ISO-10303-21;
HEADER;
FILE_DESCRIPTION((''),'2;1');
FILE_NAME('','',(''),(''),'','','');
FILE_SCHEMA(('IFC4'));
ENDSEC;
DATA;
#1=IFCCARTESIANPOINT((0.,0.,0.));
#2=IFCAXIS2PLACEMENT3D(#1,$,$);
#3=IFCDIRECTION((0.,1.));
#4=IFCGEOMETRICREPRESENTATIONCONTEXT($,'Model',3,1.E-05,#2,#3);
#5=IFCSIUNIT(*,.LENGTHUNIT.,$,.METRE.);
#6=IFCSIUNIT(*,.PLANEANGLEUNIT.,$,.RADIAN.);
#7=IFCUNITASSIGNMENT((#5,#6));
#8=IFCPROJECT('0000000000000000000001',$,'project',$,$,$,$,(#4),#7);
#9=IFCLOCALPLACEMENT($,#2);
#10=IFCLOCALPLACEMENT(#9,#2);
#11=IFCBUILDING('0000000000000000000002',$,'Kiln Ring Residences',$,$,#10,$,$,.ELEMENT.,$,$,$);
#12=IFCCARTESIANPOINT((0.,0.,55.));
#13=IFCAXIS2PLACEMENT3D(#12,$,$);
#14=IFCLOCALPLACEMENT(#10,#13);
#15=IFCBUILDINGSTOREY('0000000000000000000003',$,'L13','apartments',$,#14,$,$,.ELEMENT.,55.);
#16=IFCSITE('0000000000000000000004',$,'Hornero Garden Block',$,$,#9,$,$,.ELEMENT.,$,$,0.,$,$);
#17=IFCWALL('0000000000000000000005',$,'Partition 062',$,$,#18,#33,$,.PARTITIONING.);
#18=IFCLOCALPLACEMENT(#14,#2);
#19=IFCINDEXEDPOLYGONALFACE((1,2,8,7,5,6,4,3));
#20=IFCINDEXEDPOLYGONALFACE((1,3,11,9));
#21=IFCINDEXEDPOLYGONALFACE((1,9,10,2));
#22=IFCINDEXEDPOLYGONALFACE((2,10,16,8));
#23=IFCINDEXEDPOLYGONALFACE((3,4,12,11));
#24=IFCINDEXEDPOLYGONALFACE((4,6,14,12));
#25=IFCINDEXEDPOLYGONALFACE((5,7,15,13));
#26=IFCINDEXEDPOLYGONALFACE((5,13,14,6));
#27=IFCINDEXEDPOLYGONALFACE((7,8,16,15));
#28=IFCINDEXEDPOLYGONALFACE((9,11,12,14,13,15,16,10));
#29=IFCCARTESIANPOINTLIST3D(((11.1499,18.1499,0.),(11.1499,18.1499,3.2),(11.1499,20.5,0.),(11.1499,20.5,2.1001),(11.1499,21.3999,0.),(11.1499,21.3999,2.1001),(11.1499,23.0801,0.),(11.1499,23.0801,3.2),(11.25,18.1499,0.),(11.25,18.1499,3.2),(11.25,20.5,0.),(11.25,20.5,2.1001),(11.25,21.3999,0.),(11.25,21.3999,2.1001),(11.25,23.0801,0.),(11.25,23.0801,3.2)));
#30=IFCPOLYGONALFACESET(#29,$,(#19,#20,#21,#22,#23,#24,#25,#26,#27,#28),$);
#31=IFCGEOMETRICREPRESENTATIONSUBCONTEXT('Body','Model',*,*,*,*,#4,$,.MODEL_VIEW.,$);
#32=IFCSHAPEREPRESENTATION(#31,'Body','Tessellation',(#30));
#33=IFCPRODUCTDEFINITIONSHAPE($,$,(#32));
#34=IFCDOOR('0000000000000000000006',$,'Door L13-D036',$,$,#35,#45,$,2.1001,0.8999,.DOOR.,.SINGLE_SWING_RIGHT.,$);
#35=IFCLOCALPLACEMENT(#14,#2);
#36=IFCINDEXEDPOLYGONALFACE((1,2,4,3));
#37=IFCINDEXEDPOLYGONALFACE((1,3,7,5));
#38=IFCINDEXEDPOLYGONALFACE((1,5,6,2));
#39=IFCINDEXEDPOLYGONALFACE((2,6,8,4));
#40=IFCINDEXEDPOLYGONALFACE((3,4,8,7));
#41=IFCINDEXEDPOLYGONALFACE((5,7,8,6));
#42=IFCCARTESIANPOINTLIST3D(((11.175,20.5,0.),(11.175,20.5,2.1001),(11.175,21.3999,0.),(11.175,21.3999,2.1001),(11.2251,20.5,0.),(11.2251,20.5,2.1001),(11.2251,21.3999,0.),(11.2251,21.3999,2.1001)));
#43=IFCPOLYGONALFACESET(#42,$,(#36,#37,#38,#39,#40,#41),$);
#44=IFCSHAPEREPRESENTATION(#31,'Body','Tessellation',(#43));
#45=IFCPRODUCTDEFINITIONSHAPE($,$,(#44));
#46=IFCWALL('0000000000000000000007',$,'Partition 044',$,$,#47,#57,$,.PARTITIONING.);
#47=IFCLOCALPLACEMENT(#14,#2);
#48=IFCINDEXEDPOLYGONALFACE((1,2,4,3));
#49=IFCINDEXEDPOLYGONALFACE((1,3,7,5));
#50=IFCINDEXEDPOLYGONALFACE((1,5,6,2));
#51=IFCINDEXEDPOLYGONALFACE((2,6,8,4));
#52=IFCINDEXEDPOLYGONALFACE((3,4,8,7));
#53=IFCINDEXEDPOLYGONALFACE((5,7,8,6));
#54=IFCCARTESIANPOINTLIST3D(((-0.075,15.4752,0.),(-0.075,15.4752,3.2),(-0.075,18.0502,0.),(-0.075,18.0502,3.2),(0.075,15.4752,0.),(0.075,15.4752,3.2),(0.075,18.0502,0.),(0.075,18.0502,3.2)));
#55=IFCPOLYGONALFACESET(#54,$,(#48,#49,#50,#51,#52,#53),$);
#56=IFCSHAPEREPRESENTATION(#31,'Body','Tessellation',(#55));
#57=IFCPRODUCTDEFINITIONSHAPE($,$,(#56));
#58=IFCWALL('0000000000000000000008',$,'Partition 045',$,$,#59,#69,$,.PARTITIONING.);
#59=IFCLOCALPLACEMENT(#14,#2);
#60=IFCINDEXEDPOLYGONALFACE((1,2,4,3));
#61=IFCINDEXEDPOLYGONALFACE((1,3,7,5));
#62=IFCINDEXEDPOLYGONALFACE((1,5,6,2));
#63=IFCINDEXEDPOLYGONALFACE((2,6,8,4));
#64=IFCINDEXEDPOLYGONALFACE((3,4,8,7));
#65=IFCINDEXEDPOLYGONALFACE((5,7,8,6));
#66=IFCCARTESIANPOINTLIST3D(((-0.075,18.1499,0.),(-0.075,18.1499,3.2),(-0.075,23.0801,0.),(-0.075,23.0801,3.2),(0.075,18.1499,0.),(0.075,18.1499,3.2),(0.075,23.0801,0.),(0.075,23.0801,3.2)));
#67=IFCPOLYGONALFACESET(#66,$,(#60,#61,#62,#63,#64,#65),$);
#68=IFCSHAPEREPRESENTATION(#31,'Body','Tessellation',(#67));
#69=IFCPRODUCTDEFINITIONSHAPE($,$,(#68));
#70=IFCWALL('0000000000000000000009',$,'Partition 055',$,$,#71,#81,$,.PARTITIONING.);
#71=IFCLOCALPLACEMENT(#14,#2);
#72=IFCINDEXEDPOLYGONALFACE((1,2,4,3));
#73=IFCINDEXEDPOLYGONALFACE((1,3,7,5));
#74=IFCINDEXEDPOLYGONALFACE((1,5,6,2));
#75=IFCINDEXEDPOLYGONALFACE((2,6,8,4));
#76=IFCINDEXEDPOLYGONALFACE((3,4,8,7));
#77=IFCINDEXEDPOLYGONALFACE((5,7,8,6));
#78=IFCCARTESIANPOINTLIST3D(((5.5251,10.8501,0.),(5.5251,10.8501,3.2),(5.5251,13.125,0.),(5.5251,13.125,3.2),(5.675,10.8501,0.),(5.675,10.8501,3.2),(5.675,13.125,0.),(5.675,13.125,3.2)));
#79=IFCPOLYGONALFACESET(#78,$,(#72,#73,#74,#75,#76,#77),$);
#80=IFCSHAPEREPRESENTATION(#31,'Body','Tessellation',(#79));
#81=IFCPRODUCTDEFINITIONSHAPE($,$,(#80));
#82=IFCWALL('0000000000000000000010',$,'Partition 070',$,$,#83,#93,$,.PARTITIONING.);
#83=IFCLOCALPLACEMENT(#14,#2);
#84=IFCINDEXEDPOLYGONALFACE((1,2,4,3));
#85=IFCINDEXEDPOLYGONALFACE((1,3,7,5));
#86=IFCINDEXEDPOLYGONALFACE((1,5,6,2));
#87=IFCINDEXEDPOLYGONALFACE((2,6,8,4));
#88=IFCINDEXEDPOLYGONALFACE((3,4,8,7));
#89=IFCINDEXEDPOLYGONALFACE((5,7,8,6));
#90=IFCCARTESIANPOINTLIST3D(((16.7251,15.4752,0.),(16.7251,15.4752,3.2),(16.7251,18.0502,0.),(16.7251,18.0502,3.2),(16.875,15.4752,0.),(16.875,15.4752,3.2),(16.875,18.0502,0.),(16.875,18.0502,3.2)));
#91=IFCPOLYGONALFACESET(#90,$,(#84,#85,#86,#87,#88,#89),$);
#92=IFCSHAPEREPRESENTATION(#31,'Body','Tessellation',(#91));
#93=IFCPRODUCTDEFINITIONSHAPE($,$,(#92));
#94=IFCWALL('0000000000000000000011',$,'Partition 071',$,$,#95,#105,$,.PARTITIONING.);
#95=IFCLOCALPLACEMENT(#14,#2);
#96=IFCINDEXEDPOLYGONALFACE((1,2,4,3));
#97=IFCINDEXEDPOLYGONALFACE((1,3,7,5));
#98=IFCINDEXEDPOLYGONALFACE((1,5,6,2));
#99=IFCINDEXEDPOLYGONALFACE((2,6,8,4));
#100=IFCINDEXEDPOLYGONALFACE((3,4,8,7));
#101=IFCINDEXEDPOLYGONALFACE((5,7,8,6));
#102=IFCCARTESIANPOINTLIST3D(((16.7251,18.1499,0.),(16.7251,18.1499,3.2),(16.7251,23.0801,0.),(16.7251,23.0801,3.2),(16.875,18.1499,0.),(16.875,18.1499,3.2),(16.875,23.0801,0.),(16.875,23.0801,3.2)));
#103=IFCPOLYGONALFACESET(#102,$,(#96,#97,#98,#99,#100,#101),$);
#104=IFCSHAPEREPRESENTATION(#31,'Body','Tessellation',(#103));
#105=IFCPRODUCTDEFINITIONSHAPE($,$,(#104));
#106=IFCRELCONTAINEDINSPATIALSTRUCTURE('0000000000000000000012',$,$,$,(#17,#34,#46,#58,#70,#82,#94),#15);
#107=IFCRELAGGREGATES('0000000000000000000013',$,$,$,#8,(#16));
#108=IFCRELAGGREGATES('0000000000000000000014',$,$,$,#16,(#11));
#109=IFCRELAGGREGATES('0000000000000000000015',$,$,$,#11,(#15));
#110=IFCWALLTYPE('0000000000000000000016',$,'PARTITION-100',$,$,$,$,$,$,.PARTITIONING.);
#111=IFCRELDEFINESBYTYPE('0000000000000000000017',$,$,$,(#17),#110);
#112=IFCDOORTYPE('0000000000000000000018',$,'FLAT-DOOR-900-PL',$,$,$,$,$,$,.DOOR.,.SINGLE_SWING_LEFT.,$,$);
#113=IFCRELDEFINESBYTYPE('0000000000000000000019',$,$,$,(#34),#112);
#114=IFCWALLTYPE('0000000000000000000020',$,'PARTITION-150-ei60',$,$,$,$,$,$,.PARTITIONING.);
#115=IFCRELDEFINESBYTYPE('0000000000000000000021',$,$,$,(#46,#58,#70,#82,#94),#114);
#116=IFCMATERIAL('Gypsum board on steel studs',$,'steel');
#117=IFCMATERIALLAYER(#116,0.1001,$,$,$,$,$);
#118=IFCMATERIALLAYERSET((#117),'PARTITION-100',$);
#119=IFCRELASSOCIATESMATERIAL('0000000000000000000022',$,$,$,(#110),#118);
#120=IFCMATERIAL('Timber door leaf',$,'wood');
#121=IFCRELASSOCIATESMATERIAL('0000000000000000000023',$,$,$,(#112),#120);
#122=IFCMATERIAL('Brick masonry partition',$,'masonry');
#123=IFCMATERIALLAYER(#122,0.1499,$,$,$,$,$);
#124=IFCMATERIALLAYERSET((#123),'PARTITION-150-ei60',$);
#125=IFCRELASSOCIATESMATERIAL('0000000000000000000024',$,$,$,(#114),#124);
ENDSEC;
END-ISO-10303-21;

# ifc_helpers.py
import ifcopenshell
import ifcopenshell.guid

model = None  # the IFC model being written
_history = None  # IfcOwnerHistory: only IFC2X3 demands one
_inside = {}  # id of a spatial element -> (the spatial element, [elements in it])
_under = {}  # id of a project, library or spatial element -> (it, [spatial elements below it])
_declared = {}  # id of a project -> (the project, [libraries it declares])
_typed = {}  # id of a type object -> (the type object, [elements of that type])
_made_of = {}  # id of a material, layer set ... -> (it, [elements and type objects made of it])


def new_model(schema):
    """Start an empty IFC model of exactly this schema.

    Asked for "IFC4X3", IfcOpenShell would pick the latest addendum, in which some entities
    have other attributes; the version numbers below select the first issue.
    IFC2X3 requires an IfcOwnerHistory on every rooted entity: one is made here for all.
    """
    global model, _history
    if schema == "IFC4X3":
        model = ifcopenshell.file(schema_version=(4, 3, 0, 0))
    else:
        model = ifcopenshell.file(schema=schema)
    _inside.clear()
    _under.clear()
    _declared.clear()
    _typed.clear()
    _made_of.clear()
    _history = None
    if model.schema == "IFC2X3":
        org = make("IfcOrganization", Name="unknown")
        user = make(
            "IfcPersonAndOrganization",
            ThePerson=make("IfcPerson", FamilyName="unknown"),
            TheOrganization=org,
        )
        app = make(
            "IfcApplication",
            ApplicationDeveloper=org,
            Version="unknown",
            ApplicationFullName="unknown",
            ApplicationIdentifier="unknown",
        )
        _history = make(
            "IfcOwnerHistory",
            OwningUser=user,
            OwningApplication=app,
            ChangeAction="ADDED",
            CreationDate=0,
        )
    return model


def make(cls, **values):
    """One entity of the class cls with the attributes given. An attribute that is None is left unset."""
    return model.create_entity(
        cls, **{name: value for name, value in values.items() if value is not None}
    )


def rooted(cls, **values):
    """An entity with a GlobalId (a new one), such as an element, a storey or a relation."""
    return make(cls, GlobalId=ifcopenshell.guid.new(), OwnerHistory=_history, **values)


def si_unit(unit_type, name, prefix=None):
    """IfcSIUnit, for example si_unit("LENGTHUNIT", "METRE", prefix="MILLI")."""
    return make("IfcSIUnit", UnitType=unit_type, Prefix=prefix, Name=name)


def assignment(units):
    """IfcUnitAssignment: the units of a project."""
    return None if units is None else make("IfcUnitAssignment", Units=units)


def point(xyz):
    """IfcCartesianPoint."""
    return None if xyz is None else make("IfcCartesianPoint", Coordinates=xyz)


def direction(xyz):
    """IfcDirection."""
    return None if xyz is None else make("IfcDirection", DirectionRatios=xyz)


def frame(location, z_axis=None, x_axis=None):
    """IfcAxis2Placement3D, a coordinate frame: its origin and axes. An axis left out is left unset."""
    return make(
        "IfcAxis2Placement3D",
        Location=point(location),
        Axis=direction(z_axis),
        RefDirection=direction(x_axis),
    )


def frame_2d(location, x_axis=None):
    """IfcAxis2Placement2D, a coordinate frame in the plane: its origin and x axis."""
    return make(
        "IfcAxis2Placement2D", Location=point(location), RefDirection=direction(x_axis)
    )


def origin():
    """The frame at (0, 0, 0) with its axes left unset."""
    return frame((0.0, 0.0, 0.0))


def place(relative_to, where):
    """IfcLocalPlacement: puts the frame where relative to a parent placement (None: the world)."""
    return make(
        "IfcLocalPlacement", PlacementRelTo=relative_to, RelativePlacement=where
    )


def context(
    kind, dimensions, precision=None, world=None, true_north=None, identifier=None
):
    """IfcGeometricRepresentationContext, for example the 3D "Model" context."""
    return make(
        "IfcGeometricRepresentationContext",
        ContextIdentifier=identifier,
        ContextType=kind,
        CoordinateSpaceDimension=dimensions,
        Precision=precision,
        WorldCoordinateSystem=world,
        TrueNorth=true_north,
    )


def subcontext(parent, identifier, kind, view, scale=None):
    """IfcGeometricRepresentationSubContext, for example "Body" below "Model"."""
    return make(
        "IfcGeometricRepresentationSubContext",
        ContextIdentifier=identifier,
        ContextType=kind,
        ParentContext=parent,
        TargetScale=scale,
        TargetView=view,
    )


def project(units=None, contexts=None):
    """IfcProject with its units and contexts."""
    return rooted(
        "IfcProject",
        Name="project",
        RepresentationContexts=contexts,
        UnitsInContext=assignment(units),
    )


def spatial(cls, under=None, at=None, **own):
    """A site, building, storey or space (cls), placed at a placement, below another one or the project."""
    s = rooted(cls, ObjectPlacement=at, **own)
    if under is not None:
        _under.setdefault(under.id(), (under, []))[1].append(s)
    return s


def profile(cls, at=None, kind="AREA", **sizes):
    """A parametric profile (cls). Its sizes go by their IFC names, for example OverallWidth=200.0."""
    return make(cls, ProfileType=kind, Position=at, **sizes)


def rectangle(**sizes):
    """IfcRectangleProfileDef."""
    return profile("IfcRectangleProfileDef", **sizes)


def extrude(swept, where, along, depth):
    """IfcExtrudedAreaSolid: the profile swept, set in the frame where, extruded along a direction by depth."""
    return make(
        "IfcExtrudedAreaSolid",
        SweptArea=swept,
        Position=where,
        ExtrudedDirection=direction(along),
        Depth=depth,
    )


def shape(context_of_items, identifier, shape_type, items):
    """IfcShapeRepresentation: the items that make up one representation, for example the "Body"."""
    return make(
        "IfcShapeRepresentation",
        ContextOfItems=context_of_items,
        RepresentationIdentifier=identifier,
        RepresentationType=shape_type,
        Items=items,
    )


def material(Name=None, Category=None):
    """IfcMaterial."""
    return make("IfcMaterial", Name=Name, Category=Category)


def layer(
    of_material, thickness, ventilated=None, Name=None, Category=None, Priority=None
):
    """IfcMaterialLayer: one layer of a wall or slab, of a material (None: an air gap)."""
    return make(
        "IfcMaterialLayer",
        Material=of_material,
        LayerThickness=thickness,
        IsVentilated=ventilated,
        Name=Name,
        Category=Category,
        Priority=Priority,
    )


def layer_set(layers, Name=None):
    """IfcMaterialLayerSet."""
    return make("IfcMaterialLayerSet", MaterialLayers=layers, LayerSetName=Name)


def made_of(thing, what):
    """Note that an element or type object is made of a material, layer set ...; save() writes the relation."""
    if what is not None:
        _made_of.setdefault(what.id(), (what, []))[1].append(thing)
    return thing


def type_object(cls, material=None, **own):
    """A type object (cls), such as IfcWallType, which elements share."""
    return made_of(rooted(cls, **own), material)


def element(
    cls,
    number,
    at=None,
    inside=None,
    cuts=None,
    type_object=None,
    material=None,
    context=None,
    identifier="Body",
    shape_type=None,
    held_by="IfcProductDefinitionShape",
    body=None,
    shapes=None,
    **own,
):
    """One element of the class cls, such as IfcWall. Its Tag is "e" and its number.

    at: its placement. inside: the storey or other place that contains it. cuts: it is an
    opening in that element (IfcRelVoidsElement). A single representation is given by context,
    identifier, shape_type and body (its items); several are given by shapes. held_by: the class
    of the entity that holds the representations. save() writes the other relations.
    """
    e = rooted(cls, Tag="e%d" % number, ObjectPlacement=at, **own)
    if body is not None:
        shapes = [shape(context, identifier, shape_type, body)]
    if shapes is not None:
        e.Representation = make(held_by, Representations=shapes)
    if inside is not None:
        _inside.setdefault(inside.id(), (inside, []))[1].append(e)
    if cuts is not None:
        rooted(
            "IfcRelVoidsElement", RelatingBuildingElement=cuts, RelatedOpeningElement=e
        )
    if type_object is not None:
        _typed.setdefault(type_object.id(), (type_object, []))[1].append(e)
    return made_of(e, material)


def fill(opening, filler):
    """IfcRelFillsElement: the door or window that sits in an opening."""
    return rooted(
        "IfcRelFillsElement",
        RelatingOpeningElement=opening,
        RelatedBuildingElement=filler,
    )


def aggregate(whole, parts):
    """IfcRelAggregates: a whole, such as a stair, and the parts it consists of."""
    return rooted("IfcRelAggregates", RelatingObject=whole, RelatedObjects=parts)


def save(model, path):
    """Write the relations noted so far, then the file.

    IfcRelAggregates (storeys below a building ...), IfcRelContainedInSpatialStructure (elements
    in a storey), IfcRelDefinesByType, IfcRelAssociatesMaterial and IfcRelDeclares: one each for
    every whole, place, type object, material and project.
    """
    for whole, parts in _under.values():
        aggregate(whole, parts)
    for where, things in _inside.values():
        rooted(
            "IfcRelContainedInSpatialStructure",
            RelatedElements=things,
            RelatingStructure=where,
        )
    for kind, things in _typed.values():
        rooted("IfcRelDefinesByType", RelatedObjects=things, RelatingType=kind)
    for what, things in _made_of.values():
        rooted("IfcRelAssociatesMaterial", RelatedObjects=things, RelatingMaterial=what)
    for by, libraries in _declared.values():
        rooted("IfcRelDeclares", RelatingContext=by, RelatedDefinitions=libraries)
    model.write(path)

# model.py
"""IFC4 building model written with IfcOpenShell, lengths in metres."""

from ifc_helpers import new_model, si_unit, direction, frame, frame_2d, origin, place, context, subcontext, project, spatial, rectangle, extrude, material, layer, layer_set, type_object, element, fill, save


model = new_model("IFC4")

# Units and contexts
model_context = context("Model", 3, precision=1e-05, world=origin(), true_north=direction((0.0, 1.0)))
body_context = subcontext(model_context, "Body", "Model", "MODEL_VIEW")
ifc_project = project(units=[si_unit("LENGTHUNIT", "METRE"), si_unit("PLANEANGLEUNIT", "RADIAN")], contexts=[model_context])

# Site, building, storey
site_placement = place(None, origin())
site = spatial("IfcSite", under=ifc_project, at=site_placement, Name="Hornero Garden Block", CompositionType="ELEMENT", RefElevation=0.0)
building_placement = place(site_placement, origin())
building = spatial("IfcBuilding", under=site, at=building_placement, Name="Kiln Ring Residences", CompositionType="ELEMENT")
storey_placement = place(building_placement, frame((0.0, 0.0, 55.0)))
storey = spatial("IfcBuildingStorey", under=building, at=storey_placement, Name="L13", Description="apartments", CompositionType="ELEMENT", Elevation=55.0)

# Shared definitions
ifc_material_1 = material(Name="Gypsum board on steel studs", Category="steel")
ifc_layer_1 = layer(ifc_material_1, 0.1001)
ifc_layer_set_1 = layer_set([ifc_layer_1], Name="PARTITION-100")
wall_type_1 = type_object("IfcWallType", Name="PARTITION-100", PredefinedType="PARTITIONING", material=ifc_layer_set_1)

# Shared definitions
ifc_material_2 = material(Name="Timber door leaf", Category="wood")
door_type_1 = type_object("IfcDoorType", Name="FLAT-DOOR-900-PL", OperationType="SINGLE_SWING_LEFT", PredefinedType="DOOR", material=ifc_material_2)

# Wall, opening, door
wall_1_placement = place(storey_placement, frame((11.2, 18.1499, 0.0), z_axis=(0.0, 0.0, 1.0), x_axis=(0.0, 1.0, 0.0)))
wall_1 = element("IfcWall", 1, at=wall_1_placement, inside=storey, type_object=wall_type_1, Name="Partition 062", PredefinedType="PARTITIONING", context=body_context, shape_type="SweptSolid", body=[
    extrude(rectangle(XDim=4.9302, YDim=0.1001, at=frame_2d((2.4651, 0.0))), origin(), (0.0, 0.0, 1.0), 3.2),
])
opening_1_placement = place(wall_1_placement, frame((2.3501, 0.0, 0.0)))
opening_1 = element("IfcOpeningElement", 2, at=opening_1_placement, cuts=wall_1, PredefinedType="OPENING", context=body_context, shape_type="SweptSolid", body=[
    extrude(rectangle(XDim=0.8999, YDim=2.1001, at=frame_2d((0.45, 1.05))), frame((0.0, 0.0601, 0.0), z_axis=(0.0, -1.0, 0.0), x_axis=(1.0, 0.0, 0.0)), (0.0, 0.0, 1.0), 0.1201),
])
door_1_placement = place(opening_1_placement, origin())
door_1 = element("IfcDoor", 3, at=door_1_placement, inside=storey, type_object=door_type_1, Name="Door L13-D036", OperationType="SINGLE_SWING_RIGHT", OverallHeight=2.1001, OverallWidth=0.8999, PredefinedType="DOOR", context=body_context, shape_type="SweptSolid", body=[
    extrude(rectangle(XDim=0.8999, YDim=2.1001, at=frame_2d((0.45, 1.05))), frame((0.0, 0.0249, 0.0), z_axis=(0.0, -1.0, 0.0), x_axis=(1.0, 0.0, 0.0)), (0.0, 0.0, 1.0), 0.05),
])
fill(opening_1, door_1)

# Walls
ifc_material_3 = material(Name="Brick masonry partition", Category="masonry")
ifc_layer_2 = layer(ifc_material_3, 0.1499)
ifc_layer_set_2 = layer_set([ifc_layer_2], Name="PARTITION-150-ei60")
wall_type_2 = type_object("IfcWallType", Name="PARTITION-150-ei60", PredefinedType="PARTITIONING", material=ifc_layer_set_2)
wall_2_placement = place(storey_placement, frame((0.0, 15.4751, 0.0), z_axis=(0.0, 0.0, 1.0), x_axis=(0.0, 1.0, 0.0)))
element("IfcWall", 4, at=wall_2_placement, inside=storey, type_object=wall_type_2, Name="Partition 044", PredefinedType="PARTITIONING", context=body_context, shape_type="SweptSolid", body=[
    extrude(rectangle(XDim=2.575, YDim=0.1499, at=frame_2d((1.2876, 0.0))), origin(), (0.0, 0.0, 1.0), 3.2),
])
wall_3_placement = place(storey_placement, frame((0.0, 18.1499, 0.0), z_axis=(0.0, 0.0, 1.0), x_axis=(0.0, 1.0, 0.0)))
element("IfcWall", 5, at=wall_3_placement, inside=storey, type_object=wall_type_2, Name="Partition 045", PredefinedType="PARTITIONING", context=body_context, shape_type="SweptSolid", body=[
    extrude(rectangle(XDim=4.9302, YDim=0.1499, at=frame_2d((2.4651, 0.0))), origin(), (0.0, 0.0, 1.0), 3.2),
])
wall_4_placement = place(storey_placement, frame((5.6001, 10.8501, 0.0), z_axis=(0.0, 0.0, 1.0), x_axis=(0.0, 1.0, 0.0)))
element("IfcWall", 6, at=wall_4_placement, inside=storey, type_object=wall_type_2, Name="Partition 055", PredefinedType="PARTITIONING", context=body_context, shape_type="SweptSolid", body=[
    extrude(rectangle(XDim=2.2749, YDim=0.1499, at=frame_2d((1.1375, 0.0))), origin(), (0.0, 0.0, 1.0), 3.2),
])
wall_5_placement = place(storey_placement, frame((16.8, 15.4751, 0.0), z_axis=(0.0, 0.0, 1.0), x_axis=(0.0, 1.0, 0.0)))
element("IfcWall", 7, at=wall_5_placement, inside=storey, type_object=wall_type_2, Name="Partition 070", PredefinedType="PARTITIONING", context=body_context, shape_type="SweptSolid", body=[
    extrude(rectangle(XDim=2.575, YDim=0.1499, at=frame_2d((1.2876, 0.0))), origin(), (0.0, 0.0, 1.0), 3.2),
])
wall_6_placement = place(storey_placement, frame((16.8, 18.1499, 0.0), z_axis=(0.0, 0.0, 1.0), x_axis=(0.0, 1.0, 0.0)))
element("IfcWall", 8, at=wall_6_placement, inside=storey, type_object=wall_type_2, Name="Partition 071", PredefinedType="PARTITIONING", context=body_context, shape_type="SweptSolid", body=[
    extrude(rectangle(XDim=4.9302, YDim=0.1499, at=frame_2d((2.4651, 0.0))), origin(), (0.0, 0.0, 1.0), 3.2),
])

save(model, "model.ifc")
